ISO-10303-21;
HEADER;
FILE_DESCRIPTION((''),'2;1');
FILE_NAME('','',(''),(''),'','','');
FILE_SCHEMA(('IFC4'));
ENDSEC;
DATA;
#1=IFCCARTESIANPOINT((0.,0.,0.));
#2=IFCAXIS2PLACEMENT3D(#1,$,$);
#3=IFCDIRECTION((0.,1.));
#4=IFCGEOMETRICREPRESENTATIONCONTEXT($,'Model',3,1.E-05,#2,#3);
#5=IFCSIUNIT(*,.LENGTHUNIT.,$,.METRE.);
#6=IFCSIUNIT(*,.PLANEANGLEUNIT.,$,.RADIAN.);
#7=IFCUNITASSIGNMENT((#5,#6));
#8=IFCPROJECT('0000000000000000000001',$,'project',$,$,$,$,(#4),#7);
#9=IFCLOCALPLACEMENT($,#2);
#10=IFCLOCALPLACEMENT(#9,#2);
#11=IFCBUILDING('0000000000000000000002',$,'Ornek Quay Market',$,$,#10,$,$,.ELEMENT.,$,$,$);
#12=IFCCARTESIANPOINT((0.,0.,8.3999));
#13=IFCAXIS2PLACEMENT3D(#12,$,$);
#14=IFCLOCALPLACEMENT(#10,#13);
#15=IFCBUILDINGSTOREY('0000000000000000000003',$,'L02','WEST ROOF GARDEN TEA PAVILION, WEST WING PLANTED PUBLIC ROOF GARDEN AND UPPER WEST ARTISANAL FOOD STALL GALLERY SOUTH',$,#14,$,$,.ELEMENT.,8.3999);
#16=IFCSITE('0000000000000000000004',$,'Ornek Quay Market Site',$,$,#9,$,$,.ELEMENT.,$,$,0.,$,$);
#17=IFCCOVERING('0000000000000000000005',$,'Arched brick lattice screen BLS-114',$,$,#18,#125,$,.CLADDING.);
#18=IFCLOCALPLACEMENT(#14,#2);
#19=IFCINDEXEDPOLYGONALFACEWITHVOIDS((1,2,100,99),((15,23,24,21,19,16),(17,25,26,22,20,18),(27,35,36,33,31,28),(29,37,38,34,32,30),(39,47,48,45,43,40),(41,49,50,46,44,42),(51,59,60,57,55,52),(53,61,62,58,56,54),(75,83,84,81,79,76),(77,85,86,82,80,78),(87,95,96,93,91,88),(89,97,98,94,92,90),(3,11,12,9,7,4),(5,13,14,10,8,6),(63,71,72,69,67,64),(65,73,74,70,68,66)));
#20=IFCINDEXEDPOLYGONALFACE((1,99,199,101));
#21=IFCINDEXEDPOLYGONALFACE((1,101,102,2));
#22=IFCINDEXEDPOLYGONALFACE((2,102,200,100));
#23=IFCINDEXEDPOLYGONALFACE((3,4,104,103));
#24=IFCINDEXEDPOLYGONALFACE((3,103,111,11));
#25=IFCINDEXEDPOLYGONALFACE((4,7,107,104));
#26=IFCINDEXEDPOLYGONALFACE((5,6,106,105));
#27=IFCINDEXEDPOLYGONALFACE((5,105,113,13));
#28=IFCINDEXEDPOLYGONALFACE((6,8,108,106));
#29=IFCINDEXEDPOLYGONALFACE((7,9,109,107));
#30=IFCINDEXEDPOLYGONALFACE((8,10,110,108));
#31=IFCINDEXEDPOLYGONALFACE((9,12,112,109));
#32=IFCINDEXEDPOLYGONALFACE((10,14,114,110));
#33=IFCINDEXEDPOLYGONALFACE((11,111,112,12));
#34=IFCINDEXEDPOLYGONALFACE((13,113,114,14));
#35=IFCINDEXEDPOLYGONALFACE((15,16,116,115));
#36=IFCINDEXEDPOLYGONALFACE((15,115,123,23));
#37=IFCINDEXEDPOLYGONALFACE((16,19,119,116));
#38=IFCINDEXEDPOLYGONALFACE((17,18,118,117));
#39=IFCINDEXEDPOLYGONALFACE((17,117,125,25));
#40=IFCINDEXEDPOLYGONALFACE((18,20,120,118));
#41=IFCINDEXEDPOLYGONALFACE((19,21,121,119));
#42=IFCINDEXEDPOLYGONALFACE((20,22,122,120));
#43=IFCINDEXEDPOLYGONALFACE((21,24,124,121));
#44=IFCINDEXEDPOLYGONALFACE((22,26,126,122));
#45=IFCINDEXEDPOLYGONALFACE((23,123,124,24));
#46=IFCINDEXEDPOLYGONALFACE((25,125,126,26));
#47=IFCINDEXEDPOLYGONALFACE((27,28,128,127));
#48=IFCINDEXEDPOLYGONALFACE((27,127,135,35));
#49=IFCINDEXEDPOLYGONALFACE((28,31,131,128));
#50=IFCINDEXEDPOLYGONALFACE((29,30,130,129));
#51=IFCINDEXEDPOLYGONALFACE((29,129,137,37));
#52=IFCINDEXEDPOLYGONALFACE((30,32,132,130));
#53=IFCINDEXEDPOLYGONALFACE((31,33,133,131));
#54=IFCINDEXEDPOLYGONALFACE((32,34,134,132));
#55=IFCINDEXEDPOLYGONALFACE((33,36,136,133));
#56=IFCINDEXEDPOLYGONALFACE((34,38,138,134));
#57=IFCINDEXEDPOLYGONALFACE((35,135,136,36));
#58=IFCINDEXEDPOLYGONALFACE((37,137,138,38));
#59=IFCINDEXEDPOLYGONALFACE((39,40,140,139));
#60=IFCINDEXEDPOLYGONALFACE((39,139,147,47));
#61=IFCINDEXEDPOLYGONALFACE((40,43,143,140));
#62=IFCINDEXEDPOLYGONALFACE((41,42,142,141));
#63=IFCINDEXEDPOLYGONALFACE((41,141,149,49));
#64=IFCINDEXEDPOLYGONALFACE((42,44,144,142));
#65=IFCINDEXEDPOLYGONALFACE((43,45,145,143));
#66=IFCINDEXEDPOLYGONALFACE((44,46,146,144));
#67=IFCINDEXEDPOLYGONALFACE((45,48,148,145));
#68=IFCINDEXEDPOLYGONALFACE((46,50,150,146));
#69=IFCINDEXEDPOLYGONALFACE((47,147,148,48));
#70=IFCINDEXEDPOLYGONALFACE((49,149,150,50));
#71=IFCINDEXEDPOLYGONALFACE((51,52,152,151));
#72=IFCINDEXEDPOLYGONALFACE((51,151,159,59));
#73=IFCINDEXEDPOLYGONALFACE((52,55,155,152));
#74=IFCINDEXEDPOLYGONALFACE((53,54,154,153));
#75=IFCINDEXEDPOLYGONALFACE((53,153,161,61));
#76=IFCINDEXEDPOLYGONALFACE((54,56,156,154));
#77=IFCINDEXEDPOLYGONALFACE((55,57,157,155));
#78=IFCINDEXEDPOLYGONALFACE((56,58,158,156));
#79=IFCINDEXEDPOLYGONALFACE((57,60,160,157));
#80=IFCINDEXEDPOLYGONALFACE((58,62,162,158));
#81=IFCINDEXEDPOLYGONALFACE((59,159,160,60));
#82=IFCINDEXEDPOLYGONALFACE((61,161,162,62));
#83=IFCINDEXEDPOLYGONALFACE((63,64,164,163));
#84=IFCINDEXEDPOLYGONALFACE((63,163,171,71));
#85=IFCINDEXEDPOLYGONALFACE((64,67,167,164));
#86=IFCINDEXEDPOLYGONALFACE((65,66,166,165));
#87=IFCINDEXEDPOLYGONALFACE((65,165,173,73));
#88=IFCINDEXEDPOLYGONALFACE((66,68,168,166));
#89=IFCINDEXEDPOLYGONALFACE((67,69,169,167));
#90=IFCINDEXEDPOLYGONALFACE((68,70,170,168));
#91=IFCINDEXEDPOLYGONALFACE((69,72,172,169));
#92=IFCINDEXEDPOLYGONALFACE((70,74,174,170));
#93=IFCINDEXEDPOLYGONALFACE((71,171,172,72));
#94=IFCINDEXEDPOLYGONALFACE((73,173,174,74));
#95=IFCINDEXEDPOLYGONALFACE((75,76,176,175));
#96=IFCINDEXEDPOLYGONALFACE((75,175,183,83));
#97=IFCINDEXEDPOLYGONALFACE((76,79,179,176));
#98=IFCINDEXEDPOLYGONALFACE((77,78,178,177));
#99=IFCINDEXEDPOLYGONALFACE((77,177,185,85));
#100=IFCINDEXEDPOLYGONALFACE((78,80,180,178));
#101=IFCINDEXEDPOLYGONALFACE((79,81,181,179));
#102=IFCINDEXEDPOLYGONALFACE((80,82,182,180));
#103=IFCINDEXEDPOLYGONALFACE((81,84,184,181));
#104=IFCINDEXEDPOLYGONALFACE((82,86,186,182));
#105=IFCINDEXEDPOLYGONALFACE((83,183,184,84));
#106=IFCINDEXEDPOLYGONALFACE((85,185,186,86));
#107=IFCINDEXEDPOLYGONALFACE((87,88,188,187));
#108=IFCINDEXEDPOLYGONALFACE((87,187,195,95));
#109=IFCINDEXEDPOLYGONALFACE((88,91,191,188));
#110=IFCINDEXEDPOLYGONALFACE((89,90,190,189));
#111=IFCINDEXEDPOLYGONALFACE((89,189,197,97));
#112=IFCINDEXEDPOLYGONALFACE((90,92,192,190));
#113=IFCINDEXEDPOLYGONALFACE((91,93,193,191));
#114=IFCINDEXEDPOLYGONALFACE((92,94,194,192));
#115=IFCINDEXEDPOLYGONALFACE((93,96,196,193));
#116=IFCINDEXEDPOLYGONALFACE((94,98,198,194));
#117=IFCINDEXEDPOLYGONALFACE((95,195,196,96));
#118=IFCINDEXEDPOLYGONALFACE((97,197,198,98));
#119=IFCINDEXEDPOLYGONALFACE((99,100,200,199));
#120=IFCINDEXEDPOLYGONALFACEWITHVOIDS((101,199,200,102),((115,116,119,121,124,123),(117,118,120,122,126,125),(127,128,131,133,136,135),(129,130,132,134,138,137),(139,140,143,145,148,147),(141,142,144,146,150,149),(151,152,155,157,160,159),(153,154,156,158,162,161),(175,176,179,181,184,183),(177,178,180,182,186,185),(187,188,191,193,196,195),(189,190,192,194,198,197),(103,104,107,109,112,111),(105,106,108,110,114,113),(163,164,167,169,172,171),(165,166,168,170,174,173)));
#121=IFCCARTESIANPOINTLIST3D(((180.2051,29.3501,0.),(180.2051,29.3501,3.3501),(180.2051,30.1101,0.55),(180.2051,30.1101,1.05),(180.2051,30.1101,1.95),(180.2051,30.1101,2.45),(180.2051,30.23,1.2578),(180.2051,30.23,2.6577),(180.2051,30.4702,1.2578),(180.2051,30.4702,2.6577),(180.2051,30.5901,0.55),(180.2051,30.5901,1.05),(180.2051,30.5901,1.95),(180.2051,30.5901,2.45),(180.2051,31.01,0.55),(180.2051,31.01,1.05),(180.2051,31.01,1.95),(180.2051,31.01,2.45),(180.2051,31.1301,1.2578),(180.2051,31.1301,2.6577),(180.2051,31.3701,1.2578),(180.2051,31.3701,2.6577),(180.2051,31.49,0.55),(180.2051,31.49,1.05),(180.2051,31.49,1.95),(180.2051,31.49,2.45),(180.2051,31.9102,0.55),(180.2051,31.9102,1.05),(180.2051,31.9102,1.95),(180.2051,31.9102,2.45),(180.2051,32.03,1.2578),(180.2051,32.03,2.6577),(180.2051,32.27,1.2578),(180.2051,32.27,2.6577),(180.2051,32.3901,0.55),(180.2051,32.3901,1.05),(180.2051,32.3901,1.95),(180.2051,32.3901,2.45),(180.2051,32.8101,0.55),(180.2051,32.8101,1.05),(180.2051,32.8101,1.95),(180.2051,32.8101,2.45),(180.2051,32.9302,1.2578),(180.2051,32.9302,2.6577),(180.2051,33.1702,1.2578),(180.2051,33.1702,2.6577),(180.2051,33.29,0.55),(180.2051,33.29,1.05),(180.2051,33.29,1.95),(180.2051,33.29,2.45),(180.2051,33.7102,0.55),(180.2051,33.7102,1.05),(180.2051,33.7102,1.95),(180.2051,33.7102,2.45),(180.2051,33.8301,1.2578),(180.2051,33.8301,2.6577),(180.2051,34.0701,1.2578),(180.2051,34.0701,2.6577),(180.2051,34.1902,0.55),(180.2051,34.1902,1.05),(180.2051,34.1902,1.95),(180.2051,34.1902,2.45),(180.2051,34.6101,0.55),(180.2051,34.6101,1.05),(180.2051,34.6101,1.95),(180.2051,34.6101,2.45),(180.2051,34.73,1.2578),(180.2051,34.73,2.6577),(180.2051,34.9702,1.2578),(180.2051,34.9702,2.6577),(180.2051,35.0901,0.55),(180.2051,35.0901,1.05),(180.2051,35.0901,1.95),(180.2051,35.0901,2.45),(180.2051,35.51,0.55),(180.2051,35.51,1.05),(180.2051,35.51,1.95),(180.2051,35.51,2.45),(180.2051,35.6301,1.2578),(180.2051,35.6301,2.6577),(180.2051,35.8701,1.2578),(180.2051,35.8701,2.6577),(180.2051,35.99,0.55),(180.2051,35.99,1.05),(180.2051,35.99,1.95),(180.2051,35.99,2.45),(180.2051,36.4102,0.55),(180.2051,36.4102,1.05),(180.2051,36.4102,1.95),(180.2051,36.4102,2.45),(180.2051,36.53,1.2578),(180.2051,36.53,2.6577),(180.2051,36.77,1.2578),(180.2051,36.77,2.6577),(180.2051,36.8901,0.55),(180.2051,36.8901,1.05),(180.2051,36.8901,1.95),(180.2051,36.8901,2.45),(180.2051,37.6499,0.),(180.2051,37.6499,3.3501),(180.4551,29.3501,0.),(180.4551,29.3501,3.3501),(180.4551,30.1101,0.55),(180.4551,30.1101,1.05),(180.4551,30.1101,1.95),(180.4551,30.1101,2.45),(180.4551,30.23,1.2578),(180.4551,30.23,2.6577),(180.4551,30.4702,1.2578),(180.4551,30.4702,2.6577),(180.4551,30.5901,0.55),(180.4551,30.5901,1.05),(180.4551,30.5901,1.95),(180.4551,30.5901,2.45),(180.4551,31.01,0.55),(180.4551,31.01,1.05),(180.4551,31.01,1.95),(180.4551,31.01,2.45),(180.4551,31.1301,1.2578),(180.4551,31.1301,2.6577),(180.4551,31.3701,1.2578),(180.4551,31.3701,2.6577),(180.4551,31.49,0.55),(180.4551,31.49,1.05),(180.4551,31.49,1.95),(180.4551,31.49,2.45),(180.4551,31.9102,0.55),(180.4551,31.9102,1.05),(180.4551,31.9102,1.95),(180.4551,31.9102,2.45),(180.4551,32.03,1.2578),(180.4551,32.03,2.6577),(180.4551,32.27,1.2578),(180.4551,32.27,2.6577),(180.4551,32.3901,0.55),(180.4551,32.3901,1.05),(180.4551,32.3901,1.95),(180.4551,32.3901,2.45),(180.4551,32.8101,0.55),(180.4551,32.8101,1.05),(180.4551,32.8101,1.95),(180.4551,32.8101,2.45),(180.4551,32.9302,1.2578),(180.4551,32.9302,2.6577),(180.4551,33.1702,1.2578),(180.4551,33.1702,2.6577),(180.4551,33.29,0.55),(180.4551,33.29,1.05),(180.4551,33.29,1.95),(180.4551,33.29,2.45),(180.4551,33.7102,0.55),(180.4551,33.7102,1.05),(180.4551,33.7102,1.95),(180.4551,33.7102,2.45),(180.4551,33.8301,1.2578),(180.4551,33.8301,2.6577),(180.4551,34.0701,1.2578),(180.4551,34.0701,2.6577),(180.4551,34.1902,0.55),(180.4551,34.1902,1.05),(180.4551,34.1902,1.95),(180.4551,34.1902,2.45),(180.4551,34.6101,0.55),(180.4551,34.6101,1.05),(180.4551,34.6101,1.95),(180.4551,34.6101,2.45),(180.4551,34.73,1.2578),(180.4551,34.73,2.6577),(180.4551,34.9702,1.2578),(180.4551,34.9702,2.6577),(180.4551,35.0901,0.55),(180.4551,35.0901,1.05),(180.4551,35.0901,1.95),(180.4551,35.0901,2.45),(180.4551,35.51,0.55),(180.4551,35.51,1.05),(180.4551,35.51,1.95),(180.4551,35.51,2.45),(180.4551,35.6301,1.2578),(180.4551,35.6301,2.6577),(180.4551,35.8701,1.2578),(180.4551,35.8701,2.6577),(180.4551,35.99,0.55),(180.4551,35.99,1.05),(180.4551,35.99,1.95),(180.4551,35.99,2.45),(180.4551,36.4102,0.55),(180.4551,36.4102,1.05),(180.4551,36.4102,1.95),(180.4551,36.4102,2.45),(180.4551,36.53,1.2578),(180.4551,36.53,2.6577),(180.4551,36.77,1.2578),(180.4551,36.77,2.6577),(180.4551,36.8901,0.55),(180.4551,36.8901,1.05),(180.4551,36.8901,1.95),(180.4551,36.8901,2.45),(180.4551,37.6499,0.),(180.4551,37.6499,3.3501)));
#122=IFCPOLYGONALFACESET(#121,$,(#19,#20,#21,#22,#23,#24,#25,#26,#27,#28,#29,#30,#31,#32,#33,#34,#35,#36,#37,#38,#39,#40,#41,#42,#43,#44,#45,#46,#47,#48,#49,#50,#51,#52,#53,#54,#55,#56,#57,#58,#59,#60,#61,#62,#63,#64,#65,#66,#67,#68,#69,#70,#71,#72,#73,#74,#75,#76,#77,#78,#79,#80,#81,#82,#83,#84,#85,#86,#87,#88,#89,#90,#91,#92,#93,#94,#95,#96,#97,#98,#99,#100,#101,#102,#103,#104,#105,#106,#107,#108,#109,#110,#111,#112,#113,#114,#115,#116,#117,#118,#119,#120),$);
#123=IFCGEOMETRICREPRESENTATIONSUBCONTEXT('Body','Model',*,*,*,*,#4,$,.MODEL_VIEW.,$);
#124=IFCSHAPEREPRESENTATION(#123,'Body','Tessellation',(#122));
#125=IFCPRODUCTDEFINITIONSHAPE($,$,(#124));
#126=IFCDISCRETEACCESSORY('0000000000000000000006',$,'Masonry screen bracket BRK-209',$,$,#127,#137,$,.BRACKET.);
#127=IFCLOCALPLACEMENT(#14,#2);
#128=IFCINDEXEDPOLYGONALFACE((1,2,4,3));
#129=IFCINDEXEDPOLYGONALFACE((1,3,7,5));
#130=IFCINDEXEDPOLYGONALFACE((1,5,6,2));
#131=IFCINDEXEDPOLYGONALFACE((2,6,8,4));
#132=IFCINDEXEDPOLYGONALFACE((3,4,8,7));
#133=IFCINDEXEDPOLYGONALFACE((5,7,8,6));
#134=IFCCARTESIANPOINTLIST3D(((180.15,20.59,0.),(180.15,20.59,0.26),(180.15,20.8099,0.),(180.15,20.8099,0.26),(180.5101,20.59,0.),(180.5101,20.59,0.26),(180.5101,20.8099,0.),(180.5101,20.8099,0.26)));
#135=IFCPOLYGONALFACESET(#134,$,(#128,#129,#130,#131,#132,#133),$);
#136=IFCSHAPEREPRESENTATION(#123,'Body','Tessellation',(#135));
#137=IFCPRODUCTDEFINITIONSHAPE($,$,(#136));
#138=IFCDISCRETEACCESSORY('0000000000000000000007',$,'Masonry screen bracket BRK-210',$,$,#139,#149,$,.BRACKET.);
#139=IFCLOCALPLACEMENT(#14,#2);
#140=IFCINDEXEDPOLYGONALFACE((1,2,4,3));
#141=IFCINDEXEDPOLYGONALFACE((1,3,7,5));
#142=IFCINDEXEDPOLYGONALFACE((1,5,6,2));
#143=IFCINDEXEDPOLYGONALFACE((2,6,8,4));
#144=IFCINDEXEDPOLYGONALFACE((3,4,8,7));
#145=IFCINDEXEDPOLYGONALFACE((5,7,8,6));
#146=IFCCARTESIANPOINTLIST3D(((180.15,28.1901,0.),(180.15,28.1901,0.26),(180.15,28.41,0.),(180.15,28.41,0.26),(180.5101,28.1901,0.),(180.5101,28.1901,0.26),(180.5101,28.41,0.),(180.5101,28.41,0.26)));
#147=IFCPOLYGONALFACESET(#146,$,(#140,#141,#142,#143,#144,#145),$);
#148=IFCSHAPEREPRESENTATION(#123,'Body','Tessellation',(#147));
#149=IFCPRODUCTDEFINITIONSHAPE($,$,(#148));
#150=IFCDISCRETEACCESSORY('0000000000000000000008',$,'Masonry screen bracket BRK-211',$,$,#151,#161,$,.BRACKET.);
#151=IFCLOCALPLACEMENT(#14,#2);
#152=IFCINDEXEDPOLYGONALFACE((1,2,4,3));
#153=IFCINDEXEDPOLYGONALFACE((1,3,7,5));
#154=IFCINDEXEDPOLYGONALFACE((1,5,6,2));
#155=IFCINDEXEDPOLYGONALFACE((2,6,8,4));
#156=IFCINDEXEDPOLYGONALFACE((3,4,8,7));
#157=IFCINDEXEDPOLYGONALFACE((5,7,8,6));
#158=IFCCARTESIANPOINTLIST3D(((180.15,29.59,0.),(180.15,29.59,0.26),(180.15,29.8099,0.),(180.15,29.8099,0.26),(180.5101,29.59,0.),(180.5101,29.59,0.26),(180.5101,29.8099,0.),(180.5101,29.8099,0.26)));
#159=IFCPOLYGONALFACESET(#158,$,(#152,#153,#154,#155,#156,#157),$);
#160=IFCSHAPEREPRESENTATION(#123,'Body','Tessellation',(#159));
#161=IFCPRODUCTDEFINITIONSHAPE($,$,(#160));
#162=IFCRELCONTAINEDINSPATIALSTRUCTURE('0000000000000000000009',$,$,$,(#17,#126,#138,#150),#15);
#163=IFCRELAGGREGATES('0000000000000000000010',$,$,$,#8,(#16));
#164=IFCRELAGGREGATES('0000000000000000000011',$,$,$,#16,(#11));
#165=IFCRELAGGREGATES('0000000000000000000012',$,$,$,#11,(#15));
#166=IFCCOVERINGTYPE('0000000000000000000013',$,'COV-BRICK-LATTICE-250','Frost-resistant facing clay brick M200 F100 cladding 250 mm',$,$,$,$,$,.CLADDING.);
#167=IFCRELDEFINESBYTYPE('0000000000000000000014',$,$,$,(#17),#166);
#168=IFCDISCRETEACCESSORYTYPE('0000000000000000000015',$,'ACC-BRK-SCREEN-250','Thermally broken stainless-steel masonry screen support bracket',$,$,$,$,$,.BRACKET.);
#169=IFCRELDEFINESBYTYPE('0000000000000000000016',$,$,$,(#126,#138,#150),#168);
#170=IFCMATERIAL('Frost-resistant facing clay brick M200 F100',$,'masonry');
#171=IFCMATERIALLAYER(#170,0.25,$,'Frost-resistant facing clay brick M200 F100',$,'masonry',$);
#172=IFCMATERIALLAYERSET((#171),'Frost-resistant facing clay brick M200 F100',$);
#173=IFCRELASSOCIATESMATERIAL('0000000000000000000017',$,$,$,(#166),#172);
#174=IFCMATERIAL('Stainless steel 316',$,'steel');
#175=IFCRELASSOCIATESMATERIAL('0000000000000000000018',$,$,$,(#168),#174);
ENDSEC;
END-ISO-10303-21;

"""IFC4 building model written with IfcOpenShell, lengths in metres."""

from ifc_helpers import new_model, si_unit, direction, frame, origin, origin_2d, place, context, subcontext, project, spatial, polyline, rectangle, outline, extrude, material, layer, layer_set, type_object, element, save


model = new_model("IFC4")

# Units and contexts
model_context = context("Model", 3, precision=1e-05, world=origin(), true_north=direction((0.0, 1.0)))
body_context = subcontext(model_context, "Body", "Model", "MODEL_VIEW")
ifc_project = project(units=[si_unit("LENGTHUNIT", "METRE"), si_unit("PLANEANGLEUNIT", "RADIAN")], contexts=[model_context])

# Site, building, storey
site_placement = place(None, origin())
site = spatial("IfcSite", under=ifc_project, at=site_placement, Name="Ornek Quay Market Site", CompositionType="ELEMENT", RefElevation=0.0)
building_placement = place(site_placement, origin())
building = spatial("IfcBuilding", under=site, at=building_placement, Name="Ornek Quay Market", CompositionType="ELEMENT")
storey_placement = place(building_placement, frame((0.0, 0.0, 8.3999)))
storey = spatial("IfcBuildingStorey", under=building, at=storey_placement, Name="L02", Description="WEST ROOF GARDEN TEA PAVILION, WEST WING PLANTED PUBLIC ROOF GARDEN AND UPPER WEST ARTISANAL FOOD STALL GALLERY SOUTH", CompositionType="ELEMENT", Elevation=8.3999)

# Shared definitions
ifc_material_1 = material(Name="Frost-resistant facing clay brick M200 F100", Category="masonry")

# Covering
ifc_layer_1 = layer(ifc_material_1, 0.25, Name="Frost-resistant facing clay brick M200 F100", Category="masonry")
ifc_layer_set_1 = layer_set([ifc_layer_1], Name="Frost-resistant facing clay brick M200 F100")
covering_type = type_object("IfcCoveringType", Name="COV-BRICK-LATTICE-250", Description="Frost-resistant facing clay brick M200 F100 cladding 250 mm", PredefinedType="CLADDING", material=ifc_layer_set_1)
covering_1_placement = place(storey_placement, frame((180.3301, 29.3501, 0.0), z_axis=(0.0, 0.0, 1.0), x_axis=(0.0, 1.0, 0.0)))
element("IfcCovering", 1, at=covering_1_placement, inside=storey, type_object=covering_type, Name="Arched brick lattice screen BLS-114", PredefinedType="CLADDING", context=body_context, shape_type="SweptSolid", body=[
    extrude(outline(polyline([(0.0, 0.0), (8.2998, 0.0), (8.2998, 3.3501), (0.0, 3.3501), (0.0, 0.0)]), holes=[polyline([(0.76, 0.55), (1.24, 0.55), (1.24, 1.05), (1.1201, 1.2578), (0.8799, 1.2578), (0.76, 1.05), (0.76, 0.55)]), polyline([(0.76, 1.95), (1.24, 1.95), (1.24, 2.45), (1.1201, 2.6577), (0.8799, 2.6577), (0.76, 2.45), (0.76, 1.95)]), polyline([(1.6599, 0.55), (2.1399, 0.55), (2.1399, 1.05), (2.02, 1.2578), (1.78, 1.2578), (1.6599, 1.05), (1.6599, 0.55)]), polyline([(1.6599, 1.95), (2.1399, 1.95), (2.1399, 2.45), (2.02, 2.6577), (1.78, 2.6577), (1.6599, 2.45), (1.6599, 1.95)]), polyline([(2.5601, 0.55), (3.04, 0.55), (3.04, 1.05), (2.9199, 1.2578), (2.6799, 1.2578), (2.5601, 1.05), (2.5601, 0.55)]), polyline([(2.5601, 1.95), (3.04, 1.95), (3.04, 2.45), (2.9199, 2.6577), (2.6799, 2.6577), (2.5601, 2.45), (2.5601, 1.95)]), polyline([(3.46, 0.55), (3.9399, 0.55), (3.9399, 1.05), (3.8201, 1.2578), (3.5801, 1.2578), (3.46, 1.05), (3.46, 0.55)]), polyline([(3.46, 1.95), (3.9399, 1.95), (3.9399, 2.45), (3.8201, 2.6577), (3.5801, 2.6577), (3.46, 2.45), (3.46, 1.95)]), polyline([(4.3601, 0.55), (4.8401, 0.55), (4.8401, 1.05), (4.72, 1.2578), (4.48, 1.2578), (4.3601, 1.05), (4.3601, 0.55)]), polyline([(4.3601, 1.95), (4.8401, 1.95), (4.8401, 2.45), (4.72, 2.6577), (4.48, 2.6577), (4.3601, 2.45), (4.3601, 1.95)]), polyline([(5.26, 0.55), (5.74, 0.55), (5.74, 1.05), (5.6201, 1.2578), (5.3799, 1.2578), (5.26, 1.05), (5.26, 0.55)]), polyline([(5.26, 1.95), (5.74, 1.95), (5.74, 2.45), (5.6201, 2.6577), (5.3799, 2.6577), (5.26, 2.45), (5.26, 1.95)]), polyline([(6.1599, 0.55), (6.6399, 0.55), (6.6399, 1.05), (6.52, 1.2578), (6.28, 1.2578), (6.1599, 1.05), (6.1599, 0.55)]), polyline([(6.1599, 1.95), (6.6399, 1.95), (6.6399, 2.45), (6.52, 2.6577), (6.28, 2.6577), (6.1599, 2.45), (6.1599, 1.95)]), polyline([(7.0601, 0.55), (7.54, 0.55), (7.54, 1.05), (7.4199, 1.2578), (7.1799, 1.2578), (7.0601, 1.05), (7.0601, 0.55)]), polyline([(7.0601, 1.95), (7.54, 1.95), (7.54, 2.45), (7.4199, 2.6577), (7.1799, 2.6577), (7.0601, 2.45), (7.0601, 1.95)])]), frame((0.0, 0.125, 0.0), z_axis=(0.0, -1.0, 0.0), x_axis=(1.0, 0.0, 0.0)), (0.0, 0.0, 1.0), 0.25),
])

# Discrete accessories
ifc_material_2 = material(Name="Stainless steel 316", Category="steel")
discrete_accessory_type = type_object("IfcDiscreteAccessoryType", Name="ACC-BRK-SCREEN-250", Description="Thermally broken stainless-steel masonry screen support bracket", PredefinedType="BRACKET", material=ifc_material_2)
for number, where, z_axis, x_axis, name in (
    (2, (180.3301, 20.7, 0.0), (0.0, 0.0, 1.0), (0.0, 1.0, 0.0), "Masonry screen bracket BRK-209"),
    (3, (180.3301, 28.3, 0.0), (0.0, 0.0, 1.0), (0.0, 1.0, 0.0), "Masonry screen bracket BRK-210"),
    (4, (180.3301, 29.7, 0.0), (0.0, 0.0, 1.0), (0.0, 1.0, 0.0), "Masonry screen bracket BRK-211"),
):
    element("IfcDiscreteAccessory", number, at=place(storey_placement, frame(where, z_axis=z_axis, x_axis=x_axis)), inside=storey, type_object=discrete_accessory_type, Name=name, PredefinedType="BRACKET", context=body_context, shape_type="SweptSolid", body=[
        extrude(rectangle(XDim=0.22, YDim=0.3601, at=origin_2d()), origin(), (0.0, 0.0, 1.0), 0.26),
    ])

save(model, "model.ifc")
